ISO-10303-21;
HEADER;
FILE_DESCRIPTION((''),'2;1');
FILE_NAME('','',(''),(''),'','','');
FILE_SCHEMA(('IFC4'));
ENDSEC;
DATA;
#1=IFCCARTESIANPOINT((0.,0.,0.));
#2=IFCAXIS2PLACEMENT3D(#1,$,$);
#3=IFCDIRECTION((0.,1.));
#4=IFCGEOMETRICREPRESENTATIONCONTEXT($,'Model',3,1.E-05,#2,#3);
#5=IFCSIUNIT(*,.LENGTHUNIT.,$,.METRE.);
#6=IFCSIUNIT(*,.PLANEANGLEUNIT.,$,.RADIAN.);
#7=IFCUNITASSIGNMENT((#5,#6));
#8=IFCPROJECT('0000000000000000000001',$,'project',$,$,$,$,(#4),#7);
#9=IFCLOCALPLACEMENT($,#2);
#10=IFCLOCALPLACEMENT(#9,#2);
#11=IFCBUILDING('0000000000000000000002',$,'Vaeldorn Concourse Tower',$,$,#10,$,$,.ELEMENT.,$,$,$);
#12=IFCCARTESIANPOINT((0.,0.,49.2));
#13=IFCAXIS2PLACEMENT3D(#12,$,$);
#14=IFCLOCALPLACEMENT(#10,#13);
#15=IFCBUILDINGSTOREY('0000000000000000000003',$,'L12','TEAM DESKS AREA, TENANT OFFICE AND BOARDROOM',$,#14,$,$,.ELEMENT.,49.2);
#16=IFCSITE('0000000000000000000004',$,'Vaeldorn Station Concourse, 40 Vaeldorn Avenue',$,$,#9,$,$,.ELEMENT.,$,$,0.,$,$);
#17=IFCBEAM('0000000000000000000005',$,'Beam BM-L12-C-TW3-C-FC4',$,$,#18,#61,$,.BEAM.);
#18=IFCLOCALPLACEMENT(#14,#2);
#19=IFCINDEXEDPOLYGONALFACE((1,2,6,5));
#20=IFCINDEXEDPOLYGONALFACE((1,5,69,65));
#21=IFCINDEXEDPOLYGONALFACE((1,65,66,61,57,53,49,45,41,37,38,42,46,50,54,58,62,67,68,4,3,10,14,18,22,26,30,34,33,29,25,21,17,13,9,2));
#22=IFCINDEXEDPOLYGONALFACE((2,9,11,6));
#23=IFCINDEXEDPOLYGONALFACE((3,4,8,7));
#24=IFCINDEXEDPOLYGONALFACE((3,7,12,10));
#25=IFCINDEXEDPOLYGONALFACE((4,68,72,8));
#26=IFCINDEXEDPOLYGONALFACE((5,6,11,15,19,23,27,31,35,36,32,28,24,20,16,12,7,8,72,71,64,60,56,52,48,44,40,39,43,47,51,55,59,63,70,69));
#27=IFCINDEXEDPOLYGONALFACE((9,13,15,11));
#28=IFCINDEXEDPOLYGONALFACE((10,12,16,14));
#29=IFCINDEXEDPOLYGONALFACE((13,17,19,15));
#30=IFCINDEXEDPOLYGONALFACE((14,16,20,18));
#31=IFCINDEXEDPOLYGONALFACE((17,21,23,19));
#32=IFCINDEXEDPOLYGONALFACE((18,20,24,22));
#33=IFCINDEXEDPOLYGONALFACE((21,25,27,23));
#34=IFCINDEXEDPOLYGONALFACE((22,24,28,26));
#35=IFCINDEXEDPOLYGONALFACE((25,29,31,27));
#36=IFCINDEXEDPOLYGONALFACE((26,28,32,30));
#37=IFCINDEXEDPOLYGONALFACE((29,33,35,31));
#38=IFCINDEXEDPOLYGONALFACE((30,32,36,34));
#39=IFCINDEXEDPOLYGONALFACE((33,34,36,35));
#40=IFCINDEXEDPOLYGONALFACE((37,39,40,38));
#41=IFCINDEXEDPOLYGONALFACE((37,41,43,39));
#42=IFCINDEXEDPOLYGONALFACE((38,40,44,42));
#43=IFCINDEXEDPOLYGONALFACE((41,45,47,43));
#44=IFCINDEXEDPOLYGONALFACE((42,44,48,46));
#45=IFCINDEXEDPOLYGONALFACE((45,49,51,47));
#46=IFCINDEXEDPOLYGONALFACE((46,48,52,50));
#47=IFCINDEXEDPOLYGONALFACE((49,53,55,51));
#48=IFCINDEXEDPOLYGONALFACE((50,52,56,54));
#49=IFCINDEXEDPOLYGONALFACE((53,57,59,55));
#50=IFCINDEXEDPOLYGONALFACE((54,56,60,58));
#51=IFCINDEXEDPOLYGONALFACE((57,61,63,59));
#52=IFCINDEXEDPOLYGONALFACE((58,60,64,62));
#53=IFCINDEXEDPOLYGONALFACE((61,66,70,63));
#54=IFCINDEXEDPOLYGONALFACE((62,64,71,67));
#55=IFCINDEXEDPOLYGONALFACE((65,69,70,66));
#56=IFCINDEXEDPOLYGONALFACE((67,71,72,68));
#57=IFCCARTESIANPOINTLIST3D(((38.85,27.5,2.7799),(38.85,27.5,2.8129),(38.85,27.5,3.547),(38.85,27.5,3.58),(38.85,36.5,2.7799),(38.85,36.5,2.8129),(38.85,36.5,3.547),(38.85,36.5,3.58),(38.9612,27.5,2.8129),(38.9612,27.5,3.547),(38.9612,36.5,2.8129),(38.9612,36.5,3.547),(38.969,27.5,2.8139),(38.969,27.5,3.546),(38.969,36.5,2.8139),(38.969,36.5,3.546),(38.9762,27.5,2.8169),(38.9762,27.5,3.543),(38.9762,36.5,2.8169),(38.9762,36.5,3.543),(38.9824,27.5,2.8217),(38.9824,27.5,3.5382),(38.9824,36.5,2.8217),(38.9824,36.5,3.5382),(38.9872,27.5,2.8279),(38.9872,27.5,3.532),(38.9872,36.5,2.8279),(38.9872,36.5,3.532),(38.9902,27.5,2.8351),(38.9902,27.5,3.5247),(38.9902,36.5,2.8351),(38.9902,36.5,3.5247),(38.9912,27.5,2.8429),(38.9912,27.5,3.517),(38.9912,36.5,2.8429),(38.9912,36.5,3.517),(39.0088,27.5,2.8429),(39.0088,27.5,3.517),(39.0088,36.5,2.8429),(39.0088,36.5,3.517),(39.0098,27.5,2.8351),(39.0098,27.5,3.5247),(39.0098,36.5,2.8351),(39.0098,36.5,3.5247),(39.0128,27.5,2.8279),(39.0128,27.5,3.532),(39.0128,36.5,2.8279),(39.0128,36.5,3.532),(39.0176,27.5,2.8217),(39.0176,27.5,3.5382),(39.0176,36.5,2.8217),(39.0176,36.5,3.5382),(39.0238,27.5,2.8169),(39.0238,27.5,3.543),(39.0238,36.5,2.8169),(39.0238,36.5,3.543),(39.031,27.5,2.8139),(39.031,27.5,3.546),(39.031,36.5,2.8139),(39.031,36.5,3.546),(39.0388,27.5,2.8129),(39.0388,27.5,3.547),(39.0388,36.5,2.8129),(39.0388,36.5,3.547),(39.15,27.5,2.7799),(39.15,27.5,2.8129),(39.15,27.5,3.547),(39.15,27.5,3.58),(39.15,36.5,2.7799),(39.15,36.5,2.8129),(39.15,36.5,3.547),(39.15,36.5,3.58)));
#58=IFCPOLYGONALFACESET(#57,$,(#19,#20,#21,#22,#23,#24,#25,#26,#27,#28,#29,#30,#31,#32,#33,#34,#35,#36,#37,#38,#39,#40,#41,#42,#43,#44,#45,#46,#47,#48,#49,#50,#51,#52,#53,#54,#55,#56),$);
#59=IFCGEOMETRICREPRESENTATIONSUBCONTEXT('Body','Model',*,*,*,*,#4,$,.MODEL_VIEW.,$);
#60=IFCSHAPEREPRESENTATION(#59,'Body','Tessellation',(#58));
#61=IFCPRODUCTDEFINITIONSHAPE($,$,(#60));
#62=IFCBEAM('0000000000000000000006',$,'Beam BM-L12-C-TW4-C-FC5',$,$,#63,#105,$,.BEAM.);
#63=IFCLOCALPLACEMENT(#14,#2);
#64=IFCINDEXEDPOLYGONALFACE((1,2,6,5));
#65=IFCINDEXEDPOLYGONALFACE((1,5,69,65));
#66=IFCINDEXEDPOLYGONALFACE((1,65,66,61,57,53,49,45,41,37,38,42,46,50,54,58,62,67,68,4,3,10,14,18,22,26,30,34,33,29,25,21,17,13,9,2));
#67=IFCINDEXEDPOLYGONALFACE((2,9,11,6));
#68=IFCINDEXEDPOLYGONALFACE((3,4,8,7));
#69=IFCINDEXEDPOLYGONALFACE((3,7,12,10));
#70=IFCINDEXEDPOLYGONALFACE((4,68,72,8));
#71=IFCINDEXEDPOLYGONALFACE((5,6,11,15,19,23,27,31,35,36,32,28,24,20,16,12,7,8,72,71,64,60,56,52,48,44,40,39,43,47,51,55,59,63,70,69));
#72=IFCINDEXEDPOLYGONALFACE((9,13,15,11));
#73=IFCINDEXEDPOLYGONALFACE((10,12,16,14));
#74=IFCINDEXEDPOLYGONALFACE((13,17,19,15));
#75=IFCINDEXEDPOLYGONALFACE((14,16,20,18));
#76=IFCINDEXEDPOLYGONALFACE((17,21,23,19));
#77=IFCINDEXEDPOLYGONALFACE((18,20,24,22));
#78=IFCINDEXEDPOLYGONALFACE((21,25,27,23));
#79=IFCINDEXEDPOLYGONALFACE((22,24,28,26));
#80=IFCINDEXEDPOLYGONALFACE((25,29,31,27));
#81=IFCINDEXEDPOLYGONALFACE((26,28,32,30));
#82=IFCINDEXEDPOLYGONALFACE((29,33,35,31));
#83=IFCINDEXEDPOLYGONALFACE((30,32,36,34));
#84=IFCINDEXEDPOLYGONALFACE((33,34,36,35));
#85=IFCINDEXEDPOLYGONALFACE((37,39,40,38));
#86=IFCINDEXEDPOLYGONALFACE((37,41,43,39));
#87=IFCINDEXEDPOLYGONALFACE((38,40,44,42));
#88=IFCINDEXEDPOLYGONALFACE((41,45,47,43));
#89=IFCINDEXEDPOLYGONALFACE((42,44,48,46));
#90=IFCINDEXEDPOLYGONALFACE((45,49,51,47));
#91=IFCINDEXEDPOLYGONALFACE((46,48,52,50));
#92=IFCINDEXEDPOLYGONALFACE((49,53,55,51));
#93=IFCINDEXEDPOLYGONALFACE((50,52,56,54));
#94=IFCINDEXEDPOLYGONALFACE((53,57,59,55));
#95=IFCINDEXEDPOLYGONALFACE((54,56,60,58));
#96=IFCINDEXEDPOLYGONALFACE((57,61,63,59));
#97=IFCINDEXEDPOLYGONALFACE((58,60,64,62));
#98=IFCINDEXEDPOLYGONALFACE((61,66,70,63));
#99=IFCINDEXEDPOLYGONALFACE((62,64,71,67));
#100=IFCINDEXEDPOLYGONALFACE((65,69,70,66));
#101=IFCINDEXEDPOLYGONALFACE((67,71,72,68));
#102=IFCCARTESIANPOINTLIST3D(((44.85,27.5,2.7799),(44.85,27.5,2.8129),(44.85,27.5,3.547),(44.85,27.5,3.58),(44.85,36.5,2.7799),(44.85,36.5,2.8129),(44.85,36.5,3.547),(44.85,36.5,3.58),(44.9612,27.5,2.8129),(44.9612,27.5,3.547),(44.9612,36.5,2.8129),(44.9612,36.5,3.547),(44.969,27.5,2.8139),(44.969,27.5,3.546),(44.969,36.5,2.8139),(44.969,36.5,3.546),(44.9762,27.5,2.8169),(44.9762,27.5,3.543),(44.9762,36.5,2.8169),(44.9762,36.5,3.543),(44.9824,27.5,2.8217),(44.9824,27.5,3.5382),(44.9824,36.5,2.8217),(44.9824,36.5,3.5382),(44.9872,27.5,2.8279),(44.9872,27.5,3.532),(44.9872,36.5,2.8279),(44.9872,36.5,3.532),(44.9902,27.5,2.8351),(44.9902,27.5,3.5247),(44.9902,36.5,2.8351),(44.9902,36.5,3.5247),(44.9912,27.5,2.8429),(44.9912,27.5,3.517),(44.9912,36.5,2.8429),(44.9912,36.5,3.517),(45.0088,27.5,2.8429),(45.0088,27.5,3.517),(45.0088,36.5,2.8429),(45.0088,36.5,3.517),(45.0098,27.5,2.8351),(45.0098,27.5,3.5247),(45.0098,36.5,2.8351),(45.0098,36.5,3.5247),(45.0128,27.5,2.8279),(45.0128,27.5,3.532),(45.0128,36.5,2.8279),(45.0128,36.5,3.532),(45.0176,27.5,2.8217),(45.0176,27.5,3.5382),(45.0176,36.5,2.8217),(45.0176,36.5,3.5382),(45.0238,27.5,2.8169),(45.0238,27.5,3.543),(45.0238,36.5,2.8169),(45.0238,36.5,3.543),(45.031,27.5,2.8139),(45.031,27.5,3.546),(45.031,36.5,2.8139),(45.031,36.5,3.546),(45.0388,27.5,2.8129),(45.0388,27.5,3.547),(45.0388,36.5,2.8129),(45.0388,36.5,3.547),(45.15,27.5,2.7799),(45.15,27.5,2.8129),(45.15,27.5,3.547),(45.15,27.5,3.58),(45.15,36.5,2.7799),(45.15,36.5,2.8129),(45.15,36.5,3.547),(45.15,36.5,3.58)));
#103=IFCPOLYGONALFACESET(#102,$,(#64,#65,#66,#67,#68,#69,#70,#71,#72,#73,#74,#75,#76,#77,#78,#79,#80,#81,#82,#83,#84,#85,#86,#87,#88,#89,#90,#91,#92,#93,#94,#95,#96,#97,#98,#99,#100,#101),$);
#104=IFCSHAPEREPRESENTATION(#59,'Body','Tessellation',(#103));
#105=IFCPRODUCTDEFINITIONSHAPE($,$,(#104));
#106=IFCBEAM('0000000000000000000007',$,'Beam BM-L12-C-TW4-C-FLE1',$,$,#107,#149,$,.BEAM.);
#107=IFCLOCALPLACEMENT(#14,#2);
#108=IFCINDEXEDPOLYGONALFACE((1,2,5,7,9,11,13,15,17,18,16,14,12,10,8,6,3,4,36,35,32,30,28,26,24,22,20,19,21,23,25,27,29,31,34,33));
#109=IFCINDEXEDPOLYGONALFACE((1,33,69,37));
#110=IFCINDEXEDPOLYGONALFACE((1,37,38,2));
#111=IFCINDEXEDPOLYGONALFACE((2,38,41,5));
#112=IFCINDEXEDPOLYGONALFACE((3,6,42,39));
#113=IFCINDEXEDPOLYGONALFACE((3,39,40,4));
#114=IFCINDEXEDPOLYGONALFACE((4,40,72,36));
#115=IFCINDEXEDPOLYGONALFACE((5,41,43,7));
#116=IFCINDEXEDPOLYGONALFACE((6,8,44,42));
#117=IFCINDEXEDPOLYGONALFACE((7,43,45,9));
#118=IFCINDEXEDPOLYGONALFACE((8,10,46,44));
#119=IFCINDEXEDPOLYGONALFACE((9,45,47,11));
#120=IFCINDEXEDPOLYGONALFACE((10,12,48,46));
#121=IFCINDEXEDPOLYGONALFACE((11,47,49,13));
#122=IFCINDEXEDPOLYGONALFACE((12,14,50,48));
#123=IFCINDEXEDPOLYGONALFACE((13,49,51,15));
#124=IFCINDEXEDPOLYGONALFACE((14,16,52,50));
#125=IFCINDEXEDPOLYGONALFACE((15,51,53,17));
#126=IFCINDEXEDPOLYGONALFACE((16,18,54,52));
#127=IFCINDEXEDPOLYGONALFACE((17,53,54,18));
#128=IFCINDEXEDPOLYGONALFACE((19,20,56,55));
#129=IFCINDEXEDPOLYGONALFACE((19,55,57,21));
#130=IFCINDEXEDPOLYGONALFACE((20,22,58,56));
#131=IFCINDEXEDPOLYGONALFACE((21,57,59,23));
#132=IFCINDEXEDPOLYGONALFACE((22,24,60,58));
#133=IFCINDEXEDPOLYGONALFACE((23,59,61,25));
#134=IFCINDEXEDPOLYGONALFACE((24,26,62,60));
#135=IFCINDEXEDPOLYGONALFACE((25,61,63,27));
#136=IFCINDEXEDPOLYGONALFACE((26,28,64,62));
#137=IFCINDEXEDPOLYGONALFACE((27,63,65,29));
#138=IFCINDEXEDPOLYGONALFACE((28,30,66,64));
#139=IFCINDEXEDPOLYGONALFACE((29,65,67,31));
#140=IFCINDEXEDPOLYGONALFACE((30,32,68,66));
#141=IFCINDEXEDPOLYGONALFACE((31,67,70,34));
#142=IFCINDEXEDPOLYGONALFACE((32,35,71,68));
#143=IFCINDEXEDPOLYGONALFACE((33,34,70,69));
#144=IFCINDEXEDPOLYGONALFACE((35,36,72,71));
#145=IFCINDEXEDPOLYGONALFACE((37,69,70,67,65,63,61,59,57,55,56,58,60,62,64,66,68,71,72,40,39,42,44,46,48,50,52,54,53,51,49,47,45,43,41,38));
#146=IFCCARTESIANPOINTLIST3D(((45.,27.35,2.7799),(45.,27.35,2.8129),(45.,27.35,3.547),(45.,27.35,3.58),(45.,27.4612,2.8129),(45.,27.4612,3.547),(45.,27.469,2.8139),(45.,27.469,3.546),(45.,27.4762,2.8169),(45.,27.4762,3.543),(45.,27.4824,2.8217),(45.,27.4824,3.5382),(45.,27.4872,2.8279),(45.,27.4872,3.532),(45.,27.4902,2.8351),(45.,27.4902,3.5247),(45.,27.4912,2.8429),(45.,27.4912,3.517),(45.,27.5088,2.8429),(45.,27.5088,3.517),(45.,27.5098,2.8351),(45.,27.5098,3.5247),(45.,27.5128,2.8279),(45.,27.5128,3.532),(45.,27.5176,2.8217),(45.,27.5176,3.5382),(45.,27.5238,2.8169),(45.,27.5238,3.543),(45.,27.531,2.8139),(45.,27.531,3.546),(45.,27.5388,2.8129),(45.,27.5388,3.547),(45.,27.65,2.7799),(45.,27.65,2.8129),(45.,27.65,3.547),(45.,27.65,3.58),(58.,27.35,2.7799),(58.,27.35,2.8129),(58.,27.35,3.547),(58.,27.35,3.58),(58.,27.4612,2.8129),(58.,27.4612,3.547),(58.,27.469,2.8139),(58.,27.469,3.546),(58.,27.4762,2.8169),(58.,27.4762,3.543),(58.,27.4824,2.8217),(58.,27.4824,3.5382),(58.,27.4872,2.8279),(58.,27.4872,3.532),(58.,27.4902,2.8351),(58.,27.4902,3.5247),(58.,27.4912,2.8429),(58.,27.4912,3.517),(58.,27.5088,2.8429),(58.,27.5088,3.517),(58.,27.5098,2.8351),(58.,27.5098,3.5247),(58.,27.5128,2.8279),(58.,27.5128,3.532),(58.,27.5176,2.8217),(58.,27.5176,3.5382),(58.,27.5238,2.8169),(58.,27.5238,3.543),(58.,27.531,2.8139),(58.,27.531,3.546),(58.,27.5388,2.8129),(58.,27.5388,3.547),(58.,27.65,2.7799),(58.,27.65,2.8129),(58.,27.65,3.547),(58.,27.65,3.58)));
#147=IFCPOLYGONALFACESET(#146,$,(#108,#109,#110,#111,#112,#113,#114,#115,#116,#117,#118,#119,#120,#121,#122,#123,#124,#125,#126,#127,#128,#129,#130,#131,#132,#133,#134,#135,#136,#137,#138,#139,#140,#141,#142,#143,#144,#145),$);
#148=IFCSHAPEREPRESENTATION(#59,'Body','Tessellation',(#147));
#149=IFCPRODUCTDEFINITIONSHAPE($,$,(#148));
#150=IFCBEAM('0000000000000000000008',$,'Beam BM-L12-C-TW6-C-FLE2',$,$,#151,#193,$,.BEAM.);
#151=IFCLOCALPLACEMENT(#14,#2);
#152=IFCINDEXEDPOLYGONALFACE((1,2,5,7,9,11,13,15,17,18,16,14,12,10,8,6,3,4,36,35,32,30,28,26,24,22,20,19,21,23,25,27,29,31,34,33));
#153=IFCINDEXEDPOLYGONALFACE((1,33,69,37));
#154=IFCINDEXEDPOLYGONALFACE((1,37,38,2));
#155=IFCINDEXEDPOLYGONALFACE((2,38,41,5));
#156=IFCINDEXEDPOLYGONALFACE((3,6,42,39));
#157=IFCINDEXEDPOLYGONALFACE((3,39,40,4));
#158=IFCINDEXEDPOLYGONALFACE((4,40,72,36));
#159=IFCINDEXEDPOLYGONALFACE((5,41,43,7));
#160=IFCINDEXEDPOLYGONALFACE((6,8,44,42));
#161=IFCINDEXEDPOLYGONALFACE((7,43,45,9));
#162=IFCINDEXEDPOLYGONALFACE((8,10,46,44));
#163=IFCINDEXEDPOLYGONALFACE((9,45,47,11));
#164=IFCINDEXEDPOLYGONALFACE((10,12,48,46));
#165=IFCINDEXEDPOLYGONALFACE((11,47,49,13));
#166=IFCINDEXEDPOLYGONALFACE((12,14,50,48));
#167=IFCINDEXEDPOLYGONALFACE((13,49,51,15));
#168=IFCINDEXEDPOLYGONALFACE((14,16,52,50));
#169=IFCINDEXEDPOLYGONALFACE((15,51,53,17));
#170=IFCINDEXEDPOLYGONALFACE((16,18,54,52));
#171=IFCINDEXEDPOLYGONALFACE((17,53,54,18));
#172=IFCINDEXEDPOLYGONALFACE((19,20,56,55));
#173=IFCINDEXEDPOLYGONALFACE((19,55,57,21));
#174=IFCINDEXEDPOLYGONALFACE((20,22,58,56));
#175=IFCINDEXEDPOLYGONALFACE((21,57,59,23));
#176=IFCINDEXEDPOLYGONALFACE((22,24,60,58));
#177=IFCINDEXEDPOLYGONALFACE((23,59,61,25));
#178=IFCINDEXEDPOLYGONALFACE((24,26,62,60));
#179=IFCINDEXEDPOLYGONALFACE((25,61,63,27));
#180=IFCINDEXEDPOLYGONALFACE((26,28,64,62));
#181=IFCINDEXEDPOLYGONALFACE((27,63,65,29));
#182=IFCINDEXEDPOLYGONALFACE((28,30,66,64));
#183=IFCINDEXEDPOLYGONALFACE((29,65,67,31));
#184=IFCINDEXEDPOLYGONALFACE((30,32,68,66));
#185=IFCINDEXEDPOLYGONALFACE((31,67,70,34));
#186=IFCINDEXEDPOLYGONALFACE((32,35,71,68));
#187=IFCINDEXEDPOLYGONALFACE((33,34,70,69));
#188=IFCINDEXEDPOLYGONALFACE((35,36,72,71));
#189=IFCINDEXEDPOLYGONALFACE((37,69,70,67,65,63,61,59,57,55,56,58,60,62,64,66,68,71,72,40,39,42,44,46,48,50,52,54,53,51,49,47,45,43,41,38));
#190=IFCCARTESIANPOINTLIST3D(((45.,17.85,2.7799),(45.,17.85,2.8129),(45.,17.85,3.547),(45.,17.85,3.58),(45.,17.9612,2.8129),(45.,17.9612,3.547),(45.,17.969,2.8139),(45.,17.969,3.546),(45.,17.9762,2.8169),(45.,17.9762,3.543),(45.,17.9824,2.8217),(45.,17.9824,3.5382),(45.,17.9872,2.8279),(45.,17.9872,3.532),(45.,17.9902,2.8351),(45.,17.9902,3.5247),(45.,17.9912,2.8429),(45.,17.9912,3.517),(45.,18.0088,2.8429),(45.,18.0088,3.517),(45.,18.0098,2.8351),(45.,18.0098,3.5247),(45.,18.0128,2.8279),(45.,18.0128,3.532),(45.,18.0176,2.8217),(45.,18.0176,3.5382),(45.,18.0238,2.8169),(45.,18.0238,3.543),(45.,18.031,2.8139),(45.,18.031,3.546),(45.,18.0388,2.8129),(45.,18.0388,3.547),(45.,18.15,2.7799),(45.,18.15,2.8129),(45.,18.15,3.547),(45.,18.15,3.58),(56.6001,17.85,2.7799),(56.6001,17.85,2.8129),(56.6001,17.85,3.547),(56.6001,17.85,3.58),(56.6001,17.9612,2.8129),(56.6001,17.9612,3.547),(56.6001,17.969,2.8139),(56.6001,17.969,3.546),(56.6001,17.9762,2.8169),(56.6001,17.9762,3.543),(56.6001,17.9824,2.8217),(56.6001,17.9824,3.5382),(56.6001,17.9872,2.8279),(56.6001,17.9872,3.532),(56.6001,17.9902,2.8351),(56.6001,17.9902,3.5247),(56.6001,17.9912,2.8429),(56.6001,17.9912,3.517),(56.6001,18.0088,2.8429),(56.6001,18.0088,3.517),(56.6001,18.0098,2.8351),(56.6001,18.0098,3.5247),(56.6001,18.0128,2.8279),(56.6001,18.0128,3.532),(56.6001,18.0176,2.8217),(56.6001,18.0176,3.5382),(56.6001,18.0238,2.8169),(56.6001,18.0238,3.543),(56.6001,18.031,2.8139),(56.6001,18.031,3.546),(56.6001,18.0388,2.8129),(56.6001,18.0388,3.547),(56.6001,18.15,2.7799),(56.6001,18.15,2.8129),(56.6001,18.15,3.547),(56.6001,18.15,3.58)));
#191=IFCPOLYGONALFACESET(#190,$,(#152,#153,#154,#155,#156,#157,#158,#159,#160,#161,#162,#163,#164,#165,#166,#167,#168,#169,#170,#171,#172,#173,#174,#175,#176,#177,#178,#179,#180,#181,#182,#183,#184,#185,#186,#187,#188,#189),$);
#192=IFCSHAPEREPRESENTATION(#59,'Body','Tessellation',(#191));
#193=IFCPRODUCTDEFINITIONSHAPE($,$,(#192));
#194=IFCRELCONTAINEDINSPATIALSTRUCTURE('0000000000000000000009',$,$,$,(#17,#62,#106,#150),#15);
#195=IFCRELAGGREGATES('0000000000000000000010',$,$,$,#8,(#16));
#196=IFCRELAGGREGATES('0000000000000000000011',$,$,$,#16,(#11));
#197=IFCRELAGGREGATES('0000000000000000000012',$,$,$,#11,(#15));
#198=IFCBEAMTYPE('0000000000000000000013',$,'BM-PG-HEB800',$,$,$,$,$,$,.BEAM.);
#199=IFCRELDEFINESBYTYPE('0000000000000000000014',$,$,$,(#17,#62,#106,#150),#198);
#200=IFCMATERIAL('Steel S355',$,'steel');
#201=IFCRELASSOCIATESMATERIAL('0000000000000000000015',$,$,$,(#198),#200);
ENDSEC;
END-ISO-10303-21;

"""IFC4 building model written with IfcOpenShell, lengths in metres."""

from ifc_helpers import new_model, si_unit, direction, frame, origin, origin_2d, place, context, subcontext, project, spatial, i_section, extrude, source, transform, mapped, material, material_profile, profile_set, type_object, element, save


model = new_model("IFC4")

# Units and contexts
model_context = context("Model", 3, precision=1e-05, world=origin(), true_north=direction((0.0, 1.0)))
body_context = subcontext(model_context, "Body", "Model", "MODEL_VIEW")
ifc_project = project(units=[si_unit("LENGTHUNIT", "METRE"), si_unit("PLANEANGLEUNIT", "RADIAN")], contexts=[model_context])

# Site, building, storey
site_placement = place(None, origin())
site = spatial("IfcSite", under=ifc_project, at=site_placement, Name="Vaeldorn Station Concourse, 40 Vaeldorn Avenue", CompositionType="ELEMENT", RefElevation=0.0)
building_placement = place(site_placement, origin())
building = spatial("IfcBuilding", under=site, at=building_placement, Name="Vaeldorn Concourse Tower", CompositionType="ELEMENT")
storey_placement = place(building_placement, frame((0.0, 0.0, 49.2)))
storey = spatial("IfcBuildingStorey", under=building, at=storey_placement, Name="L12", Description="TEAM DESKS AREA, TENANT OFFICE AND BOARDROOM", CompositionType="ELEMENT", Elevation=49.2)

# Beams
ifc_material_1 = material(Name="Steel S355", Category="steel")
ifc_material_profile_1 = material_profile(ifc_material_1, i_section(OverallWidth=0.3, OverallDepth=0.8, WebThickness=0.0176, FlangeThickness=0.033, FilletRadius=0.03, at=origin_2d()), Name="HEB 800")
ifc_profile_set_1 = profile_set([ifc_material_profile_1], Name="Steel S355")
beam_type_1 = type_object("IfcBeamType", Name="BM-PG-HEB800", PredefinedType="BEAM", material=ifc_profile_set_1)
shared_shape_1 = source(origin(), body_context, "Body", "SweptSolid", [
    extrude(i_section(OverallWidth=0.3, OverallDepth=0.8, WebThickness=0.0176, FlangeThickness=0.033, FilletRadius=0.03, at=origin_2d()), origin(), (0.0, 0.0, 1.0), 9.0),
])
for number, where, z_axis, x_axis, name in (
    (1, (39.0, 27.5, 3.1799), (0.0, 1.0, 0.0), (-1.0, 0.0, 0.0), "Beam BM-L12-C-TW3-C-FC4"),
    (2, (45.0, 27.5, 3.1799), (0.0, 1.0, 0.0), (-1.0, 0.0, 0.0), "Beam BM-L12-C-TW4-C-FC5"),
):
    element("IfcBeam", number, at=place(storey_placement, frame(where, z_axis=z_axis, x_axis=x_axis)), inside=storey, type_object=beam_type_1, Name=name, PredefinedType="BEAM", context=body_context, shape_type="MappedRepresentation", body=[
        mapped(shared_shape_1, transform((0.0, 0.0, 0.0), scale=1.0)),
    ])
shared_shape_2 = source(origin(), body_context, "Body", "SweptSolid", [
    extrude(i_section(OverallWidth=0.3, OverallDepth=0.8, WebThickness=0.0176, FlangeThickness=0.033, FilletRadius=0.03, at=origin_2d()), origin(), (0.0, 0.0, 1.0), 13.0),
])
beam_1_placement = place(storey_placement, frame((45.0, 27.5, 3.1799), z_axis=(1.0, 0.0, 0.0), x_axis=(0.0, 1.0, 0.0)))
element("IfcBeam", 3, at=beam_1_placement, inside=storey, type_object=beam_type_1, Name="Beam BM-L12-C-TW4-C-FLE1", PredefinedType="BEAM", context=body_context, shape_type="MappedRepresentation", body=[
    mapped(shared_shape_2, transform((0.0, 0.0, 0.0), scale=1.0)),
])
shared_shape_3 = source(origin(), body_context, "Body", "SweptSolid", [
    extrude(i_section(OverallWidth=0.3, OverallDepth=0.8, WebThickness=0.0176, FlangeThickness=0.033, FilletRadius=0.03, at=origin_2d()), origin(), (0.0, 0.0, 1.0), 11.6001),
])
beam_2_placement = place(storey_placement, frame((45.0, 18.0, 3.1799), z_axis=(1.0, 0.0, 0.0), x_axis=(0.0, 1.0, 0.0)))
element("IfcBeam", 4, at=beam_2_placement, inside=storey, type_object=beam_type_1, Name="Beam BM-L12-C-TW6-C-FLE2", PredefinedType="BEAM", context=body_context, shape_type="MappedRepresentation", body=[
    mapped(shared_shape_3, transform((0.0, 0.0, 0.0), scale=1.0)),
])

save(model, "model.ifc")
